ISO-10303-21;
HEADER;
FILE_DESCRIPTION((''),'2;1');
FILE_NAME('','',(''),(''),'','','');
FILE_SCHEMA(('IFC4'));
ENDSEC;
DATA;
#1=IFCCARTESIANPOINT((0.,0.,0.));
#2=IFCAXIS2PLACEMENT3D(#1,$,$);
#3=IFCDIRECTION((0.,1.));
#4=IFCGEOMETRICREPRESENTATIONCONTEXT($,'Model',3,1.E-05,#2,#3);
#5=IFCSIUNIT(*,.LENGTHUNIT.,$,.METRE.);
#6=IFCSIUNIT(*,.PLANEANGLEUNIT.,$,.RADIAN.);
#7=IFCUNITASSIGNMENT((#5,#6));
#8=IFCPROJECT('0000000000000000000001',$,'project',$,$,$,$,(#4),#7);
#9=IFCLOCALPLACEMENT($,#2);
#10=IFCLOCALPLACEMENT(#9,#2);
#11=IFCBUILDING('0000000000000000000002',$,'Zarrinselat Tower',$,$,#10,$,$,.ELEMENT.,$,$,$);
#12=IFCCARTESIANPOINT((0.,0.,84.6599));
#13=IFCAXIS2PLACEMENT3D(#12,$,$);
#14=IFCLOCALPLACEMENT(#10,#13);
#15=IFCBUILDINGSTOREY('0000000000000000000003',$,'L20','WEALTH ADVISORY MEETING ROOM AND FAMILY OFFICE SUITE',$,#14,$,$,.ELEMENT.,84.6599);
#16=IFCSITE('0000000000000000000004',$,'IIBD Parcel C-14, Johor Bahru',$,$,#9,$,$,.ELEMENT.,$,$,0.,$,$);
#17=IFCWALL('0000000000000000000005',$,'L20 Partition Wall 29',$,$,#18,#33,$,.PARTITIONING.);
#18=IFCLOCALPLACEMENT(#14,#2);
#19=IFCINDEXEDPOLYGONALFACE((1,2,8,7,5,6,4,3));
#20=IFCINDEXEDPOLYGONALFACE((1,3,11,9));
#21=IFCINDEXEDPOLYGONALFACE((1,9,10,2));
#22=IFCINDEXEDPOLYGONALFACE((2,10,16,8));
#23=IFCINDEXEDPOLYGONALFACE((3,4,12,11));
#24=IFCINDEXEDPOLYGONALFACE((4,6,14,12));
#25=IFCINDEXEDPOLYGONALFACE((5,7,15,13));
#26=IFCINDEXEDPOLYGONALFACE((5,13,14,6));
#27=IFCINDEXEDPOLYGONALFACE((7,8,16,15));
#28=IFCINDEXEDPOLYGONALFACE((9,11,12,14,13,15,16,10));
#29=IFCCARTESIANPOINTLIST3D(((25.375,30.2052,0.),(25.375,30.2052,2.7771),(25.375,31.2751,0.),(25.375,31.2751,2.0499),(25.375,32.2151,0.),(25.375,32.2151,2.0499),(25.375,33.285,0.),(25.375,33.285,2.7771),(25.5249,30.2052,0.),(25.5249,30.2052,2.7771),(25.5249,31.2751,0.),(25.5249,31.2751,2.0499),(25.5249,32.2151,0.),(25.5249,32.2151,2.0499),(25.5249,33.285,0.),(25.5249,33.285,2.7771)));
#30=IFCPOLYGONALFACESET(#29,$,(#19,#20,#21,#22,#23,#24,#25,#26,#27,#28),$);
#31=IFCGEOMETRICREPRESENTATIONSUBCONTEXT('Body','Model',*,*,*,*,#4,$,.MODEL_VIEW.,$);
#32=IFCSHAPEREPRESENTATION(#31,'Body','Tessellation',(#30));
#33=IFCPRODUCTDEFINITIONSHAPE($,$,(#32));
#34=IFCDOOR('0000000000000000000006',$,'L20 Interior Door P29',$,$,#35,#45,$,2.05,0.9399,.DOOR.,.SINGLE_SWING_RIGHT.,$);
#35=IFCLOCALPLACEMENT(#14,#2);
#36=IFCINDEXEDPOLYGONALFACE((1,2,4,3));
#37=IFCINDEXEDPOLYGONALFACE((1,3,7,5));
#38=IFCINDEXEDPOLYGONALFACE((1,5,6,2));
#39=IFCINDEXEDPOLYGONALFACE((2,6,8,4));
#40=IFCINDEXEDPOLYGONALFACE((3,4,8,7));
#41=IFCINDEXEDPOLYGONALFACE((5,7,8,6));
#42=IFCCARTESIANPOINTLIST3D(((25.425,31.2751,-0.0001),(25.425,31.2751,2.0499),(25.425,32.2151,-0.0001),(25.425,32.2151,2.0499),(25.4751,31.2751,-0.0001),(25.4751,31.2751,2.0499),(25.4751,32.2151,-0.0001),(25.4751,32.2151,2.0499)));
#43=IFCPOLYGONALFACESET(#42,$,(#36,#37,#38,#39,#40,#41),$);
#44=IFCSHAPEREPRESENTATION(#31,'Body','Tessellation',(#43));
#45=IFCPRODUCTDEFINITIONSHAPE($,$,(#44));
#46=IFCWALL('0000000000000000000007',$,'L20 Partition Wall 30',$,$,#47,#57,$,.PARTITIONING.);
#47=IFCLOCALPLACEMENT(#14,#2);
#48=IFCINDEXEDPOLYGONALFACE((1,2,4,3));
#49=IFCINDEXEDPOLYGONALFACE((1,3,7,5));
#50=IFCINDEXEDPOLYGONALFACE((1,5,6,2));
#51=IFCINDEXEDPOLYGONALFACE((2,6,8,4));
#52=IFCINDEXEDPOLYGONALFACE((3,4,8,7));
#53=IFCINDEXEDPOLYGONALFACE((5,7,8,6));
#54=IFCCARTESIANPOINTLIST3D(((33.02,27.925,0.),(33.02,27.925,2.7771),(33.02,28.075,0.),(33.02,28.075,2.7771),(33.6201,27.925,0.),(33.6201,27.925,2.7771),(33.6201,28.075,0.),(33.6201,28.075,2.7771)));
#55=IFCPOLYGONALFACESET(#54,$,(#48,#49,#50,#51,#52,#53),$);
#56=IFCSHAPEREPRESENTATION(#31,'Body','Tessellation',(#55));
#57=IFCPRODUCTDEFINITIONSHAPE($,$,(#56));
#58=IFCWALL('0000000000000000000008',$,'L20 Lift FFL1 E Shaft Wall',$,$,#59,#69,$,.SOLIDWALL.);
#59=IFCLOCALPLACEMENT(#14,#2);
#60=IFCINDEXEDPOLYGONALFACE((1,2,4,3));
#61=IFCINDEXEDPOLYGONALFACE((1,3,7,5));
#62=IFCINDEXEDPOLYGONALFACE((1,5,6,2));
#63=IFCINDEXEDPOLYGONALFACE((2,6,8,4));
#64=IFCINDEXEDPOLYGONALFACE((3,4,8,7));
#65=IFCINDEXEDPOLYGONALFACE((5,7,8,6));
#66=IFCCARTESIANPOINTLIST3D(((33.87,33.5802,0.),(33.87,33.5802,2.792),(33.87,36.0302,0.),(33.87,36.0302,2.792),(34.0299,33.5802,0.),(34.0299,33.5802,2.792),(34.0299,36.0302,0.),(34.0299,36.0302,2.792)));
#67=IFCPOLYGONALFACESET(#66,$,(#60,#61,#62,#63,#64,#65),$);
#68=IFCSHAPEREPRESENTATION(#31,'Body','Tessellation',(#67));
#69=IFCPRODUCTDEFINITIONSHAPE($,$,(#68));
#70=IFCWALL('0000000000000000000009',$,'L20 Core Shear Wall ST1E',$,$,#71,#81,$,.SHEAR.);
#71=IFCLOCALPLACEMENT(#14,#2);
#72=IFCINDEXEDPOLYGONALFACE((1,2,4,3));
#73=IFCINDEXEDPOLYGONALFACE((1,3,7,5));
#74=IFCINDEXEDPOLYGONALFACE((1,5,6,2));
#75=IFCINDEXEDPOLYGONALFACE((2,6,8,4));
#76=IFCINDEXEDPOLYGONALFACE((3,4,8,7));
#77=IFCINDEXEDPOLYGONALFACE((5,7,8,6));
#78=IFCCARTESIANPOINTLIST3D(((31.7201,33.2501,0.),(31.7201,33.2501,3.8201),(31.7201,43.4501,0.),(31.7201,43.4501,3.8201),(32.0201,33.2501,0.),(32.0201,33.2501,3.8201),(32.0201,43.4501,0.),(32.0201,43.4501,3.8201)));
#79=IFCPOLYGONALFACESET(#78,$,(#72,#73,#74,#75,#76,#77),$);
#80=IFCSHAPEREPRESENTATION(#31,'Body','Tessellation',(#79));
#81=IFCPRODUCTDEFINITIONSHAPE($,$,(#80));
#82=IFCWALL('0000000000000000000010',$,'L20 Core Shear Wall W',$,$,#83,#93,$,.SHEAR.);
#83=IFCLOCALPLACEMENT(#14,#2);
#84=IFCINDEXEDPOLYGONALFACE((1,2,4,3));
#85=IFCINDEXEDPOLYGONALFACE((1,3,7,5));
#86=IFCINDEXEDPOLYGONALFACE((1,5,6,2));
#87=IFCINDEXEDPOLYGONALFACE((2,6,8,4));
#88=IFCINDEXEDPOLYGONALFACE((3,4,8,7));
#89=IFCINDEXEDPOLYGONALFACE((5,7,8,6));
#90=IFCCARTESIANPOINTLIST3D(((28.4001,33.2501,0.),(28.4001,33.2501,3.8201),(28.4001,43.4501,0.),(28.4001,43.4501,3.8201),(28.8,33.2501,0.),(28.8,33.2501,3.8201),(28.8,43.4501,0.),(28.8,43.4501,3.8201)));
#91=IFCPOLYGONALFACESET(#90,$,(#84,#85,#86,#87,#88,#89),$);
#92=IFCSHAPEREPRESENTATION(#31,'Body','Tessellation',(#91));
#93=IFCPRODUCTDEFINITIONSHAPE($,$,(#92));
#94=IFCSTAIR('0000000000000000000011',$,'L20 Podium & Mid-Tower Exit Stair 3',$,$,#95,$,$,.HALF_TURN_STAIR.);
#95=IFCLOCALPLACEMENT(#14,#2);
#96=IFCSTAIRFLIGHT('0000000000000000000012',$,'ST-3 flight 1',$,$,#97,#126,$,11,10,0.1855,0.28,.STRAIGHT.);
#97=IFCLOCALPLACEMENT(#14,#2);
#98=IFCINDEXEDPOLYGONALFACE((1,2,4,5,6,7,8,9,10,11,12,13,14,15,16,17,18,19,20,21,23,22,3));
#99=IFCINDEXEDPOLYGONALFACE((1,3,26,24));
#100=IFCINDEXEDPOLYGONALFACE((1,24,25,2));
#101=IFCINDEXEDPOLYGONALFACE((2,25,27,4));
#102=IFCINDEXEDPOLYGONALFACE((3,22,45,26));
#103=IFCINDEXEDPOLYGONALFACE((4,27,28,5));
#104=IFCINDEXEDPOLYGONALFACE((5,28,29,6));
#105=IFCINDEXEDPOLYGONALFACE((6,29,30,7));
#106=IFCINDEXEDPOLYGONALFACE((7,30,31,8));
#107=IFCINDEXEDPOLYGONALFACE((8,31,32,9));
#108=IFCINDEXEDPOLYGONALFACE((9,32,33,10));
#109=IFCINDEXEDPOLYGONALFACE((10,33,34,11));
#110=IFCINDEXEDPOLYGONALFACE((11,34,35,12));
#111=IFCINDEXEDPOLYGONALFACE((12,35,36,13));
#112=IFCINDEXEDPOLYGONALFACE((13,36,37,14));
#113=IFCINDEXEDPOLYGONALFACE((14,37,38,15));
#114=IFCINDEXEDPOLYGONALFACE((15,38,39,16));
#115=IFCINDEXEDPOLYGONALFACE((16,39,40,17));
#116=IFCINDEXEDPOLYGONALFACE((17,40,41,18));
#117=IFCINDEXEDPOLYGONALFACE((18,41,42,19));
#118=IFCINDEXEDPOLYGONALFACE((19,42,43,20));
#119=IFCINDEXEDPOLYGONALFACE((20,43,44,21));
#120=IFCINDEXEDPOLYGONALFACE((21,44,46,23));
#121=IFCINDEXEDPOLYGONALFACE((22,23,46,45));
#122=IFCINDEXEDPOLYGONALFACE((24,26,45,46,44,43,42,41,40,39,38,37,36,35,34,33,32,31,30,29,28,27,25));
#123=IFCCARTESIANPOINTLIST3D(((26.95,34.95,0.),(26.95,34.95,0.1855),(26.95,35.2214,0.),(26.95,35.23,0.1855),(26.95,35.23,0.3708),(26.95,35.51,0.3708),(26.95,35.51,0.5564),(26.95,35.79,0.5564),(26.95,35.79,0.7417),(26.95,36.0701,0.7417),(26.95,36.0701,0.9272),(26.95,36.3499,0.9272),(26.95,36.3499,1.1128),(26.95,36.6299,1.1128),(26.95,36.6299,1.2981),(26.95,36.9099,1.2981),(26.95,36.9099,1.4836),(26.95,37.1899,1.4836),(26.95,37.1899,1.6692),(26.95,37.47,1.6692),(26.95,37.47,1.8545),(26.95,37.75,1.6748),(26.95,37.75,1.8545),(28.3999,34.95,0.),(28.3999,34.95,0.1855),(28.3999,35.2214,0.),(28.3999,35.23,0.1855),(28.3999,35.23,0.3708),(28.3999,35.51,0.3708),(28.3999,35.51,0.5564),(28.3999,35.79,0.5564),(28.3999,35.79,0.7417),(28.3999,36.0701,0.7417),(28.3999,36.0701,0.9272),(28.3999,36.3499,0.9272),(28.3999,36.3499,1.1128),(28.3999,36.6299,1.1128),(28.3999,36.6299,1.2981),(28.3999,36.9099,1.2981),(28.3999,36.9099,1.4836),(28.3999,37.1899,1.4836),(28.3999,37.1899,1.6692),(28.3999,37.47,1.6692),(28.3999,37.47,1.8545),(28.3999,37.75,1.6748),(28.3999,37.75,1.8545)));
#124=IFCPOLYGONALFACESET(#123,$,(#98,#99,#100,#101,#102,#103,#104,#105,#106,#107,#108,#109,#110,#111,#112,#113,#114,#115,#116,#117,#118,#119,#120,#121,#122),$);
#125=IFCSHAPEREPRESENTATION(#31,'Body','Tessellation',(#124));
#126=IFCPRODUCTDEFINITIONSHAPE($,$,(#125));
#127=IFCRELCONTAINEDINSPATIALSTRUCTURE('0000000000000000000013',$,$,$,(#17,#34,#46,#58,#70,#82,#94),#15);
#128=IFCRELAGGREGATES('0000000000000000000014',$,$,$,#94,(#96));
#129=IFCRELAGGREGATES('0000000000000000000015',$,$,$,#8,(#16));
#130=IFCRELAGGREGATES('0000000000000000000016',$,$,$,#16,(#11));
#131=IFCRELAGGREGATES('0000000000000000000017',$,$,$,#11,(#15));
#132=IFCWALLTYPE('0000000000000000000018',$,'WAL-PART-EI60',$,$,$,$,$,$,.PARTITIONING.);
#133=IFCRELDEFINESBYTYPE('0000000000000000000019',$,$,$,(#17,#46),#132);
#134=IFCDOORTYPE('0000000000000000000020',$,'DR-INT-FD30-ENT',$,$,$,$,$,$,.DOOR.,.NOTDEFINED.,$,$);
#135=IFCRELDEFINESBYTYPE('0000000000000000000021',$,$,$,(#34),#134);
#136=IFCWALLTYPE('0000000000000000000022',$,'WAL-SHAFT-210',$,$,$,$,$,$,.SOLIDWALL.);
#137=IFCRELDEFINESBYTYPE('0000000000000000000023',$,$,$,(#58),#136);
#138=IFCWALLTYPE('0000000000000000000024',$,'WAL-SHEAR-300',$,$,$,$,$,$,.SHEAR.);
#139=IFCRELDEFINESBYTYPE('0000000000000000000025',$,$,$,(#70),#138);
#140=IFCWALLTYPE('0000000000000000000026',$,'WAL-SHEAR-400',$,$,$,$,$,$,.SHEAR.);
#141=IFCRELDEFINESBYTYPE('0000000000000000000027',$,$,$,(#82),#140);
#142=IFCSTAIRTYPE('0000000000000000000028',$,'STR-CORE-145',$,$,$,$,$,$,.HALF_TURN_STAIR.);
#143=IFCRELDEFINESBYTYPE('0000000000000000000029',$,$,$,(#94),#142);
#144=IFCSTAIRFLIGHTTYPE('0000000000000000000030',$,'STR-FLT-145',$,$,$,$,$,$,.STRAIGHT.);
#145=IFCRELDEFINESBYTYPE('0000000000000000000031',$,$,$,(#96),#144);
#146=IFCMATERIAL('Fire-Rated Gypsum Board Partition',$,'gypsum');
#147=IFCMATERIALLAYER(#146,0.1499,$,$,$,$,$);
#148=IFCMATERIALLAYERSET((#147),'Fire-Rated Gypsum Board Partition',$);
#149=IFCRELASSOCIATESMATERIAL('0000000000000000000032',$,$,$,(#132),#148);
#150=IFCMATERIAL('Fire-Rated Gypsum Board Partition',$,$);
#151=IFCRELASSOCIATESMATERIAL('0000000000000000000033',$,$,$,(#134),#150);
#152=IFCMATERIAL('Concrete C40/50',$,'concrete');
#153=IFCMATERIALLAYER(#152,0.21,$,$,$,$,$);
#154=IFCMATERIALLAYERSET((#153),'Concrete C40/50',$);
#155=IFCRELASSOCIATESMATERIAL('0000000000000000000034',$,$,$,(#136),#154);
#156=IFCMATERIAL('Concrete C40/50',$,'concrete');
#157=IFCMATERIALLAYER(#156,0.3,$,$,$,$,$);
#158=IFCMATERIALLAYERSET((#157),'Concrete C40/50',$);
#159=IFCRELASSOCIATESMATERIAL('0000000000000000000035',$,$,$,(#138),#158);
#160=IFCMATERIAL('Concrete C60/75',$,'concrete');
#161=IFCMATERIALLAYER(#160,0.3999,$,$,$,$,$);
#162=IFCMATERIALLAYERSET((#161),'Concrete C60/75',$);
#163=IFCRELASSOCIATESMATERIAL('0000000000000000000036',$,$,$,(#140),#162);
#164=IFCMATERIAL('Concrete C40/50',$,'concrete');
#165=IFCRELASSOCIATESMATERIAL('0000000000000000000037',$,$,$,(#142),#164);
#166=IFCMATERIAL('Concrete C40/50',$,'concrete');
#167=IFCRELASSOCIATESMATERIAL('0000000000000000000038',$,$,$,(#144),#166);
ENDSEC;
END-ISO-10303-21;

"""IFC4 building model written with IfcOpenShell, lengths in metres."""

from ifc_helpers import new_model, si_unit, direction, frame, frame_2d, origin, place, context, subcontext, project, spatial, polyline, rectangle, outline, extrude, material, layer, layer_set, type_object, element, fill, aggregate, save


model = new_model("IFC4")

# Units and contexts
model_context = context("Model", 3, precision=1e-05, world=origin(), true_north=direction((0.0, 1.0)))
body_context = subcontext(model_context, "Body", "Model", "MODEL_VIEW")
ifc_project = project(units=[si_unit("LENGTHUNIT", "METRE"), si_unit("PLANEANGLEUNIT", "RADIAN")], contexts=[model_context])

# Site, building, storey
site_placement = place(None, origin())
site = spatial("IfcSite", under=ifc_project, at=site_placement, Name="IIBD Parcel C-14, Johor Bahru", CompositionType="ELEMENT", RefElevation=0.0)
building_placement = place(site_placement, origin())
building = spatial("IfcBuilding", under=site, at=building_placement, Name="Zarrinselat Tower", CompositionType="ELEMENT")
storey_placement = place(building_placement, frame((0.0, 0.0, 84.6599)))
storey = spatial("IfcBuildingStorey", under=building, at=storey_placement, Name="L20", Description="WEALTH ADVISORY MEETING ROOM AND FAMILY OFFICE SUITE", CompositionType="ELEMENT", Elevation=84.6599)

# Shared definitions
ifc_material_1 = material(Name="Fire-Rated Gypsum Board Partition", Category="gypsum")
ifc_layer_1 = layer(ifc_material_1, 0.1499)
ifc_layer_set_1 = layer_set([ifc_layer_1], Name="Fire-Rated Gypsum Board Partition")
wall_type_1 = type_object("IfcWallType", Name="WAL-PART-EI60", PredefinedType="PARTITIONING", material=ifc_layer_set_1)
ifc_material_2 = material(Name="Fire-Rated Gypsum Board Partition")
door_type_1 = type_object("IfcDoorType", Name="DR-INT-FD30-ENT", OperationType="NOTDEFINED", PredefinedType="DOOR", material=ifc_material_2)

# Wall, opening, door
wall_1_placement = place(storey_placement, frame((25.45, 30.2051, 0.0), z_axis=(0.0, 0.0, 1.0), x_axis=(0.0, 1.0, 0.0)))
wall_1 = element("IfcWall", 1, at=wall_1_placement, inside=storey, type_object=wall_type_1, Name="L20 Partition Wall 29", PredefinedType="PARTITIONING", context=body_context, shape_type="SweptSolid", body=[
    extrude(rectangle(XDim=3.0798, YDim=0.1499, at=frame_2d((1.54, 0.0))), origin(), (0.0, 0.0, 1.0), 2.7771),
])
opening_1_placement = place(wall_1_placement, frame((1.0701, 0.0, 0.0)))
opening_1 = element("IfcOpeningElement", 2, at=opening_1_placement, cuts=wall_1, PredefinedType="OPENING", context=body_context, shape_type="SweptSolid", body=[
    extrude(rectangle(XDim=0.9399, YDim=2.05, at=frame_2d((0.47, 1.0249))), frame((0.0, 0.085, 0.0), z_axis=(0.0, -1.0, 0.0), x_axis=(1.0, 0.0, 0.0)), (0.0, 0.0, 1.0), 0.1699),
])
door_1_placement = place(opening_1_placement, origin())
door_1 = element("IfcDoor", 3, at=door_1_placement, inside=storey, type_object=door_type_1, Name="L20 Interior Door P29", OperationType="SINGLE_SWING_RIGHT", OverallHeight=2.05, OverallWidth=0.9399, PredefinedType="DOOR", context=body_context, shape_type="SweptSolid", body=[
    extrude(rectangle(XDim=0.9399, YDim=2.05, at=frame_2d((0.47, 1.0249))), frame((0.0, 0.0249, 0.0), z_axis=(0.0, -1.0, 0.0), x_axis=(1.0, 0.0, 0.0)), (0.0, 0.0, 1.0), 0.05),
])
fill(opening_1, door_1)

# Walls
wall_2_placement = place(storey_placement, frame((33.02, 28.0, 0.0), z_axis=(0.0, 0.0, 1.0), x_axis=(1.0, 0.0, 0.0)))
element("IfcWall", 4, at=wall_2_placement, inside=storey, type_object=wall_type_1, Name="L20 Partition Wall 30", PredefinedType="PARTITIONING", context=body_context, shape_type="SweptSolid", body=[
    extrude(rectangle(XDim=0.6001, YDim=0.1499, at=frame_2d((0.3, 0.0))), origin(), (0.0, 0.0, 1.0), 2.7771),
])
ifc_material_3 = material(Name="Concrete C40/50", Category="concrete")
ifc_layer_2 = layer(ifc_material_3, 0.21)
ifc_layer_set_2 = layer_set([ifc_layer_2], Name="Concrete C40/50")
wall_type_2 = type_object("IfcWallType", Name="WAL-SHAFT-210", PredefinedType="SOLIDWALL", material=ifc_layer_set_2)
wall_3_placement = place(storey_placement, frame((33.95, 33.5801, 0.0), z_axis=(0.0, 0.0, 1.0), x_axis=(0.0, 1.0, 0.0)))
element("IfcWall", 5, at=wall_3_placement, inside=storey, type_object=wall_type_2, Name="L20 Lift FFL1 E Shaft Wall", PredefinedType="SOLIDWALL", context=body_context, shape_type="SweptSolid", body=[
    extrude(rectangle(XDim=2.45, YDim=0.1599, at=frame_2d((1.2251, 0.0))), origin(), (0.0, 0.0, 1.0), 2.792),
])
ifc_material_4 = material(Name="Concrete C40/50", Category="concrete")
ifc_layer_3 = layer(ifc_material_4, 0.3)
ifc_layer_set_3 = layer_set([ifc_layer_3], Name="Concrete C40/50")
wall_type_3 = type_object("IfcWallType", Name="WAL-SHEAR-300", PredefinedType="SHEAR", material=ifc_layer_set_3)
wall_4_placement = place(storey_placement, frame((31.8701, 33.25, 0.0), z_axis=(0.0, 0.0, 1.0), x_axis=(0.0, 1.0, 0.0)))
element("IfcWall", 6, at=wall_4_placement, inside=storey, type_object=wall_type_3, Name="L20 Core Shear Wall ST1E", PredefinedType="SHEAR", context=body_context, shape_type="SweptSolid", body=[
    extrude(rectangle(XDim=10.2, YDim=0.3, at=frame_2d((5.1001, 0.0))), origin(), (0.0, 0.0, 1.0), 3.8201),
])

# Shared definitions
ifc_material_5 = material(Name="Concrete C60/75", Category="concrete")
ifc_layer_4 = layer(ifc_material_5, 0.3999)
ifc_layer_set_4 = layer_set([ifc_layer_4], Name="Concrete C60/75")
wall_type_4 = type_object("IfcWallType", Name="WAL-SHEAR-400", PredefinedType="SHEAR", material=ifc_layer_set_4)

# Wall
wall_5_placement = place(storey_placement, frame((28.6001, 33.25, 0.0), z_axis=(0.0, 0.0, 1.0), x_axis=(0.0, 1.0, 0.0)))
element("IfcWall", 7, at=wall_5_placement, inside=storey, type_object=wall_type_4, Name="L20 Core Shear Wall W", PredefinedType="SHEAR", context=body_context, shape_type="SweptSolid", body=[
    extrude(rectangle(XDim=10.2, YDim=0.3999, at=frame_2d((5.1001, 0.0))), origin(), (0.0, 0.0, 1.0), 3.8201),
])

# Stair, stair flight
ifc_material_6 = material(Name="Concrete C40/50", Category="concrete")
stair_type = type_object("IfcStairType", Name="STR-CORE-145", PredefinedType="HALF_TURN_STAIR", material=ifc_material_6)
stair_placement = place(storey_placement, origin())
stair = element("IfcStair", 8, at=stair_placement, inside=storey, type_object=stair_type, Name="L20 Podium & Mid-Tower Exit Stair 3", PredefinedType="HALF_TURN_STAIR")
ifc_material_7 = material(Name="Concrete C40/50", Category="concrete")
stair_flight_type = type_object("IfcStairFlightType", Name="STR-FLT-145", PredefinedType="STRAIGHT", material=ifc_material_7)
stair_flight_placement = place(storey_placement, frame((27.675, 34.95, 0.0), z_axis=(0.0, 0.0, 1.0), x_axis=(0.0, 1.0, 0.0)))
stair_flight = element("IfcStairFlight", 9, at=stair_flight_placement, type_object=stair_flight_type, Name="ST-3 flight 1", NumberOfRisers=11, NumberOfTreads=10, PredefinedType="STRAIGHT", RiserHeight=0.1855, TreadLength=0.28, context=body_context, shape_type="SweptSolid", body=[
    extrude(outline(polyline([(0.0, 0.0), (0.0, 0.1855), (0.28, 0.1855), (0.28, 0.3708), (0.5601, 0.3708), (0.5601, 0.5564), (0.8401, 0.5564), (0.8401, 0.7417), (1.1201, 0.7417), (1.1201, 0.9272), (1.3999, 0.9272), (1.3999, 1.1128), (1.6799, 1.1128), (1.6799, 1.2981), (1.96, 1.2981), (1.96, 1.4836), (2.24, 1.4836), (2.24, 1.6692), (2.52, 1.6692), (2.52, 1.8545), (2.8, 1.8545), (2.8, 2.04), (2.8, 1.6748), (0.2715, 0.0), (0.0, 0.0)])), frame((0.0, 0.7251, 0.0), z_axis=(0.0, -1.0, 0.0), x_axis=(1.0, 0.0, 0.0)), (0.0, 0.0, 1.0), 1.45),
])
aggregate(stair, [stair_flight])

save(model, "model.ifc")
